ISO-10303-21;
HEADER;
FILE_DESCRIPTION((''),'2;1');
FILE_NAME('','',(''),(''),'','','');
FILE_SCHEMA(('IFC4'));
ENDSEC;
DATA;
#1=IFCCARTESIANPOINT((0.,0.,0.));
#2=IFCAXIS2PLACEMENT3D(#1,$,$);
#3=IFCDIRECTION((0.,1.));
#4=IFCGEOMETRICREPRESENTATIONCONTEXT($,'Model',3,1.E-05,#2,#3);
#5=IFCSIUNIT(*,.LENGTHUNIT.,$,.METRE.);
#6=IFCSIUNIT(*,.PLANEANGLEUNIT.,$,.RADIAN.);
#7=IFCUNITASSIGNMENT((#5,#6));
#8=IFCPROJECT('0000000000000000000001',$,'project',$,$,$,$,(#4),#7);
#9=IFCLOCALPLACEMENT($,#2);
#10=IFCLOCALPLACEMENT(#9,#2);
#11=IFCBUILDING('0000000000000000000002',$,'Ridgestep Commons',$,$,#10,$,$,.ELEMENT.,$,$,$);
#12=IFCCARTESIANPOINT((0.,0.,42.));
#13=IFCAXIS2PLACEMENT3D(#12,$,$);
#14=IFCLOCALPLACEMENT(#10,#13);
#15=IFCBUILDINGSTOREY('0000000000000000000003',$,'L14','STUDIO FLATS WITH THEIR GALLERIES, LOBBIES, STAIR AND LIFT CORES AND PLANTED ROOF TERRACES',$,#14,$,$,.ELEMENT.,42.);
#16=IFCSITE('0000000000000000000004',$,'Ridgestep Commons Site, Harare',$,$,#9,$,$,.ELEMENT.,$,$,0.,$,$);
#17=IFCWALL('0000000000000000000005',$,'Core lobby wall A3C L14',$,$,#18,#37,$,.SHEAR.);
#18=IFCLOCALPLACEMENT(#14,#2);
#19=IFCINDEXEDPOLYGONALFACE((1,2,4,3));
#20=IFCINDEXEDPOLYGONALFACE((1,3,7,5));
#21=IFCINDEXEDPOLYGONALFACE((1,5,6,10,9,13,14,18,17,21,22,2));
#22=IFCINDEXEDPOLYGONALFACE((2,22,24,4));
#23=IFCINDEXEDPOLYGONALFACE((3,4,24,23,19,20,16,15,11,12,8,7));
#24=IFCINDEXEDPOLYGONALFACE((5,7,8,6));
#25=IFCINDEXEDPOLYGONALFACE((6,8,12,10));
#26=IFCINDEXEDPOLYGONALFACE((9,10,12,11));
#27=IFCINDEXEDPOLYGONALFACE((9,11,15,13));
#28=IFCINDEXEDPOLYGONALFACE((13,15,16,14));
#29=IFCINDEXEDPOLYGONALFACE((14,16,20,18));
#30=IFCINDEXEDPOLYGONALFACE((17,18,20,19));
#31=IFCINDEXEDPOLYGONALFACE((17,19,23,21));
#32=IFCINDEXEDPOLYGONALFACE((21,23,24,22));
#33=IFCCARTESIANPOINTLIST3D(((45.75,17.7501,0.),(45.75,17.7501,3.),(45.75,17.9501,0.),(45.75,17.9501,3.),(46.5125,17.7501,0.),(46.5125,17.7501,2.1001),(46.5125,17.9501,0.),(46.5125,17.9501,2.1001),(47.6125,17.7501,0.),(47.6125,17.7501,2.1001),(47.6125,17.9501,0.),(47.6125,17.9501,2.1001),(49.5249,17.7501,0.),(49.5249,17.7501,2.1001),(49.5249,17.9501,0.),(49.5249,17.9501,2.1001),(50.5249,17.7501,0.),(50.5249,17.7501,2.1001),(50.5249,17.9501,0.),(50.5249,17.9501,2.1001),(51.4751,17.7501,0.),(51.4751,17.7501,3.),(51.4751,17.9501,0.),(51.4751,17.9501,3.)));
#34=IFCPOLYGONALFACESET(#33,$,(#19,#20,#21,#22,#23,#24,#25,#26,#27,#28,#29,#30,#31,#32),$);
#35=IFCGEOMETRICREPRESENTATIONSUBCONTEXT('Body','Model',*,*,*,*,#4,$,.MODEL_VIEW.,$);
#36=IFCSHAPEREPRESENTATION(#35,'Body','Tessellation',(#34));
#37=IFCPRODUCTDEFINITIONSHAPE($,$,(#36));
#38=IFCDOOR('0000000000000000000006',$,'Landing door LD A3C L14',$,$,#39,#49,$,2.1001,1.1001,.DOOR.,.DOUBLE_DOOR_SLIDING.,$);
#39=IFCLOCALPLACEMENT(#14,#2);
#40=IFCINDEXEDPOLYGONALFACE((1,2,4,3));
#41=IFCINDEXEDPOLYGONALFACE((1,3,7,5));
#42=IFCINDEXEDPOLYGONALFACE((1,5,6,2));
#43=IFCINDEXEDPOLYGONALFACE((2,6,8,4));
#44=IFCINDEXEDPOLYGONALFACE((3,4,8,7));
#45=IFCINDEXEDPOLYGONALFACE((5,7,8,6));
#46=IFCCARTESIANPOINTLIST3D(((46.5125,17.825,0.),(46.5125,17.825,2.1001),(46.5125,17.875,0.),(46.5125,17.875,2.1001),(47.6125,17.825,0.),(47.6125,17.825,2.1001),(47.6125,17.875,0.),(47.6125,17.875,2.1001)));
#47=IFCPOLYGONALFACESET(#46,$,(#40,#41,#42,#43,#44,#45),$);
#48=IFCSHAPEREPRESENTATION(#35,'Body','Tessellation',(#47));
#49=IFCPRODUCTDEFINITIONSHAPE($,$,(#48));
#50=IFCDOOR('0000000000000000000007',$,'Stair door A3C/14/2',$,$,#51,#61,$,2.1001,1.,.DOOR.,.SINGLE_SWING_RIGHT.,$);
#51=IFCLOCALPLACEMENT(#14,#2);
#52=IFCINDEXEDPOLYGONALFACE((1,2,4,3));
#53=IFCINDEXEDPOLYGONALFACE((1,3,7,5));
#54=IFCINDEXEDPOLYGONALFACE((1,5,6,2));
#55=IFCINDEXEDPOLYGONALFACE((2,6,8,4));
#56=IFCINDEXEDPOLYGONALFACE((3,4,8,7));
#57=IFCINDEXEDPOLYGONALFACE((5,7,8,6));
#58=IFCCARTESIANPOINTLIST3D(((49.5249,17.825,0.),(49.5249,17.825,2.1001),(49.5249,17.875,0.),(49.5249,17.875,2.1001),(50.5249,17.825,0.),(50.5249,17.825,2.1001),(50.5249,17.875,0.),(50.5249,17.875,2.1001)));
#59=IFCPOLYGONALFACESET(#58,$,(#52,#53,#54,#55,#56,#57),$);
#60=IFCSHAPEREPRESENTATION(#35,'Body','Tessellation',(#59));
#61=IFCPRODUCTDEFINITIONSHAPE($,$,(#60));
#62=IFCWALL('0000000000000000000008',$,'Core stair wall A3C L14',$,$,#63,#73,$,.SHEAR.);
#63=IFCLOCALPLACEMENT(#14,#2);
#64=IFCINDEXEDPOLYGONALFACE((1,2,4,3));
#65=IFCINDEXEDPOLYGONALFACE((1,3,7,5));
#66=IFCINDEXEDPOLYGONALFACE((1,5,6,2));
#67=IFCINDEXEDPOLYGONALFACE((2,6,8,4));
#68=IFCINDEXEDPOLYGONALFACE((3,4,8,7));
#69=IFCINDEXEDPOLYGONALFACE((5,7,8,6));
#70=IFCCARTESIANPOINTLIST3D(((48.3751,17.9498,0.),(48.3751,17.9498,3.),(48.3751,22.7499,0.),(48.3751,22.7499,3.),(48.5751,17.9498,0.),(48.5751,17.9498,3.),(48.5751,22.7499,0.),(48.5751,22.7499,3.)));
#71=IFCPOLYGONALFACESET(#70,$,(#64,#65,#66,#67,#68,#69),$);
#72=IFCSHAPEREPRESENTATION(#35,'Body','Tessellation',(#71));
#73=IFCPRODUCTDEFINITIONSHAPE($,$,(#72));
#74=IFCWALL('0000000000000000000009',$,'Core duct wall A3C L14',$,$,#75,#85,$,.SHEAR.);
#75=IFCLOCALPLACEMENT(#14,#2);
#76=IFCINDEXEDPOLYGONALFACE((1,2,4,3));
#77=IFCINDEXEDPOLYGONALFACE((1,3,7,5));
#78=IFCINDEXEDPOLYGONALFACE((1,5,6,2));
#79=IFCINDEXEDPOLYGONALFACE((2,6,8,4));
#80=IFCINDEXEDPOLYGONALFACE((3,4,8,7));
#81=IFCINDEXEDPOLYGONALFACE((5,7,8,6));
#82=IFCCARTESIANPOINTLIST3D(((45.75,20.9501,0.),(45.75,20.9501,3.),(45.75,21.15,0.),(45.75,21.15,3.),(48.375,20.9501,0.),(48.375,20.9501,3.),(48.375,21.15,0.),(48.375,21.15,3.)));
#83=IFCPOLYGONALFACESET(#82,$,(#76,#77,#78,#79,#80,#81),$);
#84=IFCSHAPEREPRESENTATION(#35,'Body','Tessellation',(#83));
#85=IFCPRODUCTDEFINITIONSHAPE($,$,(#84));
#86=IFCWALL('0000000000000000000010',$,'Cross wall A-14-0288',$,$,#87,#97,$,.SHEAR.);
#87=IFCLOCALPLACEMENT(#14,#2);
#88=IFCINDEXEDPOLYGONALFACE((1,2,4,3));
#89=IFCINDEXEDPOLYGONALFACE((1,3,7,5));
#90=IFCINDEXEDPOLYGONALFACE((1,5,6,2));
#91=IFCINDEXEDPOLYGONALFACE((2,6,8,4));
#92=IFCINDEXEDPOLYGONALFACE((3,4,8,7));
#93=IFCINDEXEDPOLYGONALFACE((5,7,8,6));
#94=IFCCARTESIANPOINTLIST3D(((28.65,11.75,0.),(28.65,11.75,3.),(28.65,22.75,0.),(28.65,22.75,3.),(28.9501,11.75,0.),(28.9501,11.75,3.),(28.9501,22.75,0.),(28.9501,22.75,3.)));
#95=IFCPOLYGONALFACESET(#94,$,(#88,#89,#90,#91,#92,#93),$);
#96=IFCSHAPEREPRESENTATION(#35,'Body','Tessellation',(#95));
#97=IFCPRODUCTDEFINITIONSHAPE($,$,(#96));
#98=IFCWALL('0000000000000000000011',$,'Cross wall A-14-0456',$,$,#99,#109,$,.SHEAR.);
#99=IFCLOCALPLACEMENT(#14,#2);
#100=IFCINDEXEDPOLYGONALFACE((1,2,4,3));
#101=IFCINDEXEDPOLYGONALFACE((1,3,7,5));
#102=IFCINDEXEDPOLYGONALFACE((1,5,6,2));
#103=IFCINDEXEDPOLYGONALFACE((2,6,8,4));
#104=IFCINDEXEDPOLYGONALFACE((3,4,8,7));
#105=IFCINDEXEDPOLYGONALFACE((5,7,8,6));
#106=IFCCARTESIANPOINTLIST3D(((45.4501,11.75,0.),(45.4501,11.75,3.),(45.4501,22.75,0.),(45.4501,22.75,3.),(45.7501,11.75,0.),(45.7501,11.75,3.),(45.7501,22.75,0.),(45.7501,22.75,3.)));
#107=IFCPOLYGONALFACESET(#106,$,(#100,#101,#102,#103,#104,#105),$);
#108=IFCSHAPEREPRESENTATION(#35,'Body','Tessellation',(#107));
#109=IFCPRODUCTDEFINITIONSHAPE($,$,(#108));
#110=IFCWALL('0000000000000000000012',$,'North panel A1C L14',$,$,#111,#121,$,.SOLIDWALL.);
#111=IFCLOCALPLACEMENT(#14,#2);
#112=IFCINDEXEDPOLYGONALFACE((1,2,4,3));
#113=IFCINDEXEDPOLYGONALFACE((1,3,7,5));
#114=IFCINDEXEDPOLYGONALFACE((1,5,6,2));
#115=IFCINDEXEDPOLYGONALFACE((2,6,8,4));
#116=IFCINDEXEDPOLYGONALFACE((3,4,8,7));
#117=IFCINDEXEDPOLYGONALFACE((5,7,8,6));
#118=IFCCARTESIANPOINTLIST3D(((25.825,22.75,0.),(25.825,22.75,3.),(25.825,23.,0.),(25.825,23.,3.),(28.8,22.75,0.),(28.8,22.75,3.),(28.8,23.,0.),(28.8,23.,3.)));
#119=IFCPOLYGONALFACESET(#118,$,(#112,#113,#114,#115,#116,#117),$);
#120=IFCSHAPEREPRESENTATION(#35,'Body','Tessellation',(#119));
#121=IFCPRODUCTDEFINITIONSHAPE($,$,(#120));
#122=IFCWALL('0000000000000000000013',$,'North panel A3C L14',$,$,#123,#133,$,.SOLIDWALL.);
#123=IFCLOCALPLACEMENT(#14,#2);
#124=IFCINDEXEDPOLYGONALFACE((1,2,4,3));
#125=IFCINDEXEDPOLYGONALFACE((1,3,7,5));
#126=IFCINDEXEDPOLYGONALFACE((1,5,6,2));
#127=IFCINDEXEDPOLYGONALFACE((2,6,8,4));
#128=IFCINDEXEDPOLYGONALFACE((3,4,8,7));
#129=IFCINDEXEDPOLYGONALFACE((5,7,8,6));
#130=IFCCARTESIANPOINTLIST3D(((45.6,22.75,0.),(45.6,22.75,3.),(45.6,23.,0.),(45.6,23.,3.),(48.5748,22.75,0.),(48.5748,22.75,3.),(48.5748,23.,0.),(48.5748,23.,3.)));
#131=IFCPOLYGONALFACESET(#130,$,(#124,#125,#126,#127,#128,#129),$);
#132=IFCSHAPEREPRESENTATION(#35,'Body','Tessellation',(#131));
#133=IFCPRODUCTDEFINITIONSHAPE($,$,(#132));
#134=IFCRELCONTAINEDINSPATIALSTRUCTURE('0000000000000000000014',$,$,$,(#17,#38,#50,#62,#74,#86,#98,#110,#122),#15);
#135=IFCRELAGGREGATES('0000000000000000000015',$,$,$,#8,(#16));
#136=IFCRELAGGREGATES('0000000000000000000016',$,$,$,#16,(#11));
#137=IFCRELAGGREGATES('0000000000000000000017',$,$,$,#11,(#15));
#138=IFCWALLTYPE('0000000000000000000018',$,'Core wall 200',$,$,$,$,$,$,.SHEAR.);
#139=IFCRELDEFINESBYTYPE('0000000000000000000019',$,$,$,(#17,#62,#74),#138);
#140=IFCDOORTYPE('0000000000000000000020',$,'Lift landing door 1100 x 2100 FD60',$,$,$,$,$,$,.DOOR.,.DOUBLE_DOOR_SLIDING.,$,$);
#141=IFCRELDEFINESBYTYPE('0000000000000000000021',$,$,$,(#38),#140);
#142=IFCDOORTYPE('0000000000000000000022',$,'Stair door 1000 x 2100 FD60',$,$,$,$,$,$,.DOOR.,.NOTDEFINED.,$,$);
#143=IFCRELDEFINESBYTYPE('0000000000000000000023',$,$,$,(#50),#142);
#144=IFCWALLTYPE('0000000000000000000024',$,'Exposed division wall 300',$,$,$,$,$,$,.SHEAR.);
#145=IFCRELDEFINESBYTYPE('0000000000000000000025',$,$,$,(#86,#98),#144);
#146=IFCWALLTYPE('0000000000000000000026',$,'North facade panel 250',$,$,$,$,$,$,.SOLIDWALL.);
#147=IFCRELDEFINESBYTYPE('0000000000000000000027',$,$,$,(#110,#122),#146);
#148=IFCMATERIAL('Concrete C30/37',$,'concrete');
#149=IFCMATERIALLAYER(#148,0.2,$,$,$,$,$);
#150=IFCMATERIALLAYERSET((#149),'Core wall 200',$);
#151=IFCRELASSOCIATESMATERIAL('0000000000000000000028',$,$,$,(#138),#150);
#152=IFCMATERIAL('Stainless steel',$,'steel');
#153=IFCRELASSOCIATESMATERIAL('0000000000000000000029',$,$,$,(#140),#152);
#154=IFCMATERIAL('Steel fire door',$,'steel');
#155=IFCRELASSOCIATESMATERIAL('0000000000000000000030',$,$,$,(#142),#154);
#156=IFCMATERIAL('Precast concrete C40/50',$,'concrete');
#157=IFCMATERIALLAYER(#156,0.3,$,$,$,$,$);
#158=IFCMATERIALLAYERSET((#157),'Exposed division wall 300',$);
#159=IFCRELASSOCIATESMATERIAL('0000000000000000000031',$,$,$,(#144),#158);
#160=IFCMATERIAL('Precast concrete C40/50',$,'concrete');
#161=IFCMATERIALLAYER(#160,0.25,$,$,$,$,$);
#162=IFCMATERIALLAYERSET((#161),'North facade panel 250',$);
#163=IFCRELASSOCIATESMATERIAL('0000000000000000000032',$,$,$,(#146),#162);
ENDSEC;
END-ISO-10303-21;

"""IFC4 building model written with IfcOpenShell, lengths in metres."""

from ifc_helpers import new_model, si_unit, direction, frame, frame_2d, origin, place, context, subcontext, project, spatial, rectangle, extrude, material, layer, layer_set, type_object, element, fill, save


model = new_model("IFC4")

# Units and contexts
model_context = context("Model", 3, precision=1e-05, world=origin(), true_north=direction((0.0, 1.0)))
body_context = subcontext(model_context, "Body", "Model", "MODEL_VIEW")
ifc_project = project(units=[si_unit("LENGTHUNIT", "METRE"), si_unit("PLANEANGLEUNIT", "RADIAN")], contexts=[model_context])

# Site, building, storey
site_placement = place(None, origin())
site = spatial("IfcSite", under=ifc_project, at=site_placement, Name="Ridgestep Commons Site, Harare", CompositionType="ELEMENT", RefElevation=0.0)
building_placement = place(site_placement, origin())
building = spatial("IfcBuilding", under=site, at=building_placement, Name="Ridgestep Commons", CompositionType="ELEMENT")
storey_placement = place(building_placement, frame((0.0, 0.0, 42.0)))
storey = spatial("IfcBuildingStorey", under=building, at=storey_placement, Name="L14", Description="STUDIO FLATS WITH THEIR GALLERIES, LOBBIES, STAIR AND LIFT CORES AND PLANTED ROOF TERRACES", CompositionType="ELEMENT", Elevation=42.0)

# Shared definitions
ifc_material_1 = material(Name="Concrete C30/37", Category="concrete")
ifc_layer_1 = layer(ifc_material_1, 0.2)
ifc_layer_set_1 = layer_set([ifc_layer_1], Name="Core wall 200")
wall_type_1 = type_object("IfcWallType", Name="Core wall 200", PredefinedType="SHEAR", material=ifc_layer_set_1)

# Wall, openings, doors
wall_1_placement = place(storey_placement, frame((45.75, 17.8501, 0.0), z_axis=(0.0, 0.0, 1.0), x_axis=(1.0, 0.0, 0.0)))
wall_1 = element("IfcWall", 1, at=wall_1_placement, inside=storey, type_object=wall_type_1, Name="Core lobby wall A3C L14", PredefinedType="SHEAR", context=body_context, shape_type="SweptSolid", body=[
    extrude(rectangle(XDim=5.7251, YDim=0.2, at=frame_2d((2.8625, 0.0))), origin(), (0.0, 0.0, 1.0), 3.0),
])
opening_1_placement = place(wall_1_placement, frame((3.7749, 0.0, 0.0)))
opening_1 = element("IfcOpeningElement", 2, at=opening_1_placement, cuts=wall_1, PredefinedType="OPENING", context=body_context, shape_type="SweptSolid", body=[
    extrude(rectangle(XDim=1.0, YDim=2.1001, at=frame_2d((0.5, 1.05))), frame((0.0, 0.1099, 0.0), z_axis=(0.0, -1.0, 0.0), x_axis=(1.0, 0.0, 0.0)), (0.0, 0.0, 1.0), 0.22),
])
opening_2_placement = place(wall_1_placement, frame((0.7625, 0.0, 0.0)))
opening_2 = element("IfcOpeningElement", 3, at=opening_2_placement, cuts=wall_1, PredefinedType="OPENING", context=body_context, shape_type="SweptSolid", body=[
    extrude(rectangle(XDim=1.1001, YDim=2.1001, at=frame_2d((0.55, 1.05))), frame((0.0, 0.1099, 0.0), z_axis=(0.0, -1.0, 0.0), x_axis=(1.0, 0.0, 0.0)), (0.0, 0.0, 1.0), 0.22),
])
ifc_material_2 = material(Name="Stainless steel", Category="steel")
door_type_1 = type_object("IfcDoorType", Name="Lift landing door 1100 x 2100 FD60", OperationType="DOUBLE_DOOR_SLIDING", PredefinedType="DOOR", material=ifc_material_2)
door_1_placement = place(opening_2_placement, origin())
door_1 = element("IfcDoor", 4, at=door_1_placement, inside=storey, type_object=door_type_1, Name="Landing door LD A3C L14", OperationType="DOUBLE_DOOR_SLIDING", OverallHeight=2.1001, OverallWidth=1.1001, PredefinedType="DOOR", context=body_context, shape_type="SweptSolid", body=[
    extrude(rectangle(XDim=1.1001, YDim=2.1001, at=frame_2d((0.55, 1.05))), frame((0.0, 0.0249, 0.0), z_axis=(0.0, -1.0, 0.0), x_axis=(1.0, 0.0, 0.0)), (0.0, 0.0, 1.0), 0.05),
])
fill(opening_2, door_1)
ifc_material_3 = material(Name="Steel fire door", Category="steel")
door_type_2 = type_object("IfcDoorType", Name="Stair door 1000 x 2100 FD60", OperationType="NOTDEFINED", PredefinedType="DOOR", material=ifc_material_3)
door_2_placement = place(opening_1_placement, origin())
door_2 = element("IfcDoor", 5, at=door_2_placement, inside=storey, type_object=door_type_2, Name="Stair door A3C/14/2", OperationType="SINGLE_SWING_RIGHT", OverallHeight=2.1001, OverallWidth=1.0, PredefinedType="DOOR", context=body_context, shape_type="SweptSolid", body=[
    extrude(rectangle(XDim=1.0, YDim=2.1001, at=frame_2d((0.5, 1.05))), frame((0.0, 0.0249, 0.0), z_axis=(0.0, -1.0, 0.0), x_axis=(1.0, 0.0, 0.0)), (0.0, 0.0, 1.0), 0.05),
])
fill(opening_1, door_2)

# Walls
wall_2_placement = place(storey_placement, frame((48.4751, 17.95, 0.0), z_axis=(0.0, 0.0, 1.0), x_axis=(0.0, 1.0, 0.0)))
element("IfcWall", 6, at=wall_2_placement, inside=storey, type_object=wall_type_1, Name="Core stair wall A3C L14", PredefinedType="SHEAR", context=body_context, shape_type="SweptSolid", body=[
    extrude(rectangle(XDim=4.8, YDim=0.2, at=frame_2d((2.3999, 0.0))), origin(), (0.0, 0.0, 1.0), 3.0),
])
wall_3_placement = place(storey_placement, frame((45.75, 21.05, 0.0), z_axis=(0.0, 0.0, 1.0), x_axis=(1.0, 0.0, 0.0)))
element("IfcWall", 7, at=wall_3_placement, inside=storey, type_object=wall_type_1, Name="Core duct wall A3C L14", PredefinedType="SHEAR", context=body_context, shape_type="SweptSolid", body=[
    extrude(rectangle(XDim=2.625, YDim=0.2, at=frame_2d((1.3125, 0.0))), origin(), (0.0, 0.0, 1.0), 3.0),
])
ifc_material_4 = material(Name="Precast concrete C40/50", Category="concrete")
ifc_layer_2 = layer(ifc_material_4, 0.3)
ifc_layer_set_2 = layer_set([ifc_layer_2], Name="Exposed division wall 300")
wall_type_2 = type_object("IfcWallType", Name="Exposed division wall 300", PredefinedType="SHEAR", material=ifc_layer_set_2)
for number, where, z_axis, x_axis, name in (
    (8, (28.8, 11.75, 0.0), (0.0, 0.0, 1.0), (0.0, 1.0, 0.0), "Cross wall A-14-0288"),
    (9, (45.6001, 11.75, 0.0), (0.0, 0.0, 1.0), (0.0, 1.0, 0.0), "Cross wall A-14-0456"),
):
    element("IfcWall", number, at=place(storey_placement, frame(where, z_axis=z_axis, x_axis=x_axis)), inside=storey, type_object=wall_type_2, Name=name, PredefinedType="SHEAR", context=body_context, shape_type="SweptSolid", body=[
        extrude(rectangle(XDim=11.0, YDim=0.3, at=frame_2d((5.5, 0.0))), origin(), (0.0, 0.0, 1.0), 3.0),
    ])
ifc_material_5 = material(Name="Precast concrete C40/50", Category="concrete")
ifc_layer_3 = layer(ifc_material_5, 0.25)
ifc_layer_set_3 = layer_set([ifc_layer_3], Name="North facade panel 250")
wall_type_3 = type_object("IfcWallType", Name="North facade panel 250", PredefinedType="SOLIDWALL", material=ifc_layer_set_3)
wall_4_placement = place(storey_placement, frame((25.825, 22.875, 0.0), z_axis=(0.0, 0.0, 1.0), x_axis=(1.0, 0.0, 0.0)))
element("IfcWall", 10, at=wall_4_placement, inside=storey, type_object=wall_type_3, Name="North panel A1C L14", PredefinedType="SOLIDWALL", context=body_context, shape_type="SweptSolid", body=[
    extrude(rectangle(XDim=2.9751, YDim=0.25, at=frame_2d((1.4875, 0.0))), origin(), (0.0, 0.0, 1.0), 3.0),
])
wall_5_placement = place(storey_placement, frame((45.6001, 22.875, 0.0), z_axis=(0.0, 0.0, 1.0), x_axis=(1.0, 0.0, 0.0)))
element("IfcWall", 11, at=wall_5_placement, inside=storey, type_object=wall_type_3, Name="North panel A3C L14", PredefinedType="SOLIDWALL", context=body_context, shape_type="SweptSolid", body=[
    extrude(rectangle(XDim=2.9749, YDim=0.25, at=frame_2d((1.4873, 0.0))), origin(), (0.0, 0.0, 1.0), 3.0),
])

save(model, "model.ifc")
